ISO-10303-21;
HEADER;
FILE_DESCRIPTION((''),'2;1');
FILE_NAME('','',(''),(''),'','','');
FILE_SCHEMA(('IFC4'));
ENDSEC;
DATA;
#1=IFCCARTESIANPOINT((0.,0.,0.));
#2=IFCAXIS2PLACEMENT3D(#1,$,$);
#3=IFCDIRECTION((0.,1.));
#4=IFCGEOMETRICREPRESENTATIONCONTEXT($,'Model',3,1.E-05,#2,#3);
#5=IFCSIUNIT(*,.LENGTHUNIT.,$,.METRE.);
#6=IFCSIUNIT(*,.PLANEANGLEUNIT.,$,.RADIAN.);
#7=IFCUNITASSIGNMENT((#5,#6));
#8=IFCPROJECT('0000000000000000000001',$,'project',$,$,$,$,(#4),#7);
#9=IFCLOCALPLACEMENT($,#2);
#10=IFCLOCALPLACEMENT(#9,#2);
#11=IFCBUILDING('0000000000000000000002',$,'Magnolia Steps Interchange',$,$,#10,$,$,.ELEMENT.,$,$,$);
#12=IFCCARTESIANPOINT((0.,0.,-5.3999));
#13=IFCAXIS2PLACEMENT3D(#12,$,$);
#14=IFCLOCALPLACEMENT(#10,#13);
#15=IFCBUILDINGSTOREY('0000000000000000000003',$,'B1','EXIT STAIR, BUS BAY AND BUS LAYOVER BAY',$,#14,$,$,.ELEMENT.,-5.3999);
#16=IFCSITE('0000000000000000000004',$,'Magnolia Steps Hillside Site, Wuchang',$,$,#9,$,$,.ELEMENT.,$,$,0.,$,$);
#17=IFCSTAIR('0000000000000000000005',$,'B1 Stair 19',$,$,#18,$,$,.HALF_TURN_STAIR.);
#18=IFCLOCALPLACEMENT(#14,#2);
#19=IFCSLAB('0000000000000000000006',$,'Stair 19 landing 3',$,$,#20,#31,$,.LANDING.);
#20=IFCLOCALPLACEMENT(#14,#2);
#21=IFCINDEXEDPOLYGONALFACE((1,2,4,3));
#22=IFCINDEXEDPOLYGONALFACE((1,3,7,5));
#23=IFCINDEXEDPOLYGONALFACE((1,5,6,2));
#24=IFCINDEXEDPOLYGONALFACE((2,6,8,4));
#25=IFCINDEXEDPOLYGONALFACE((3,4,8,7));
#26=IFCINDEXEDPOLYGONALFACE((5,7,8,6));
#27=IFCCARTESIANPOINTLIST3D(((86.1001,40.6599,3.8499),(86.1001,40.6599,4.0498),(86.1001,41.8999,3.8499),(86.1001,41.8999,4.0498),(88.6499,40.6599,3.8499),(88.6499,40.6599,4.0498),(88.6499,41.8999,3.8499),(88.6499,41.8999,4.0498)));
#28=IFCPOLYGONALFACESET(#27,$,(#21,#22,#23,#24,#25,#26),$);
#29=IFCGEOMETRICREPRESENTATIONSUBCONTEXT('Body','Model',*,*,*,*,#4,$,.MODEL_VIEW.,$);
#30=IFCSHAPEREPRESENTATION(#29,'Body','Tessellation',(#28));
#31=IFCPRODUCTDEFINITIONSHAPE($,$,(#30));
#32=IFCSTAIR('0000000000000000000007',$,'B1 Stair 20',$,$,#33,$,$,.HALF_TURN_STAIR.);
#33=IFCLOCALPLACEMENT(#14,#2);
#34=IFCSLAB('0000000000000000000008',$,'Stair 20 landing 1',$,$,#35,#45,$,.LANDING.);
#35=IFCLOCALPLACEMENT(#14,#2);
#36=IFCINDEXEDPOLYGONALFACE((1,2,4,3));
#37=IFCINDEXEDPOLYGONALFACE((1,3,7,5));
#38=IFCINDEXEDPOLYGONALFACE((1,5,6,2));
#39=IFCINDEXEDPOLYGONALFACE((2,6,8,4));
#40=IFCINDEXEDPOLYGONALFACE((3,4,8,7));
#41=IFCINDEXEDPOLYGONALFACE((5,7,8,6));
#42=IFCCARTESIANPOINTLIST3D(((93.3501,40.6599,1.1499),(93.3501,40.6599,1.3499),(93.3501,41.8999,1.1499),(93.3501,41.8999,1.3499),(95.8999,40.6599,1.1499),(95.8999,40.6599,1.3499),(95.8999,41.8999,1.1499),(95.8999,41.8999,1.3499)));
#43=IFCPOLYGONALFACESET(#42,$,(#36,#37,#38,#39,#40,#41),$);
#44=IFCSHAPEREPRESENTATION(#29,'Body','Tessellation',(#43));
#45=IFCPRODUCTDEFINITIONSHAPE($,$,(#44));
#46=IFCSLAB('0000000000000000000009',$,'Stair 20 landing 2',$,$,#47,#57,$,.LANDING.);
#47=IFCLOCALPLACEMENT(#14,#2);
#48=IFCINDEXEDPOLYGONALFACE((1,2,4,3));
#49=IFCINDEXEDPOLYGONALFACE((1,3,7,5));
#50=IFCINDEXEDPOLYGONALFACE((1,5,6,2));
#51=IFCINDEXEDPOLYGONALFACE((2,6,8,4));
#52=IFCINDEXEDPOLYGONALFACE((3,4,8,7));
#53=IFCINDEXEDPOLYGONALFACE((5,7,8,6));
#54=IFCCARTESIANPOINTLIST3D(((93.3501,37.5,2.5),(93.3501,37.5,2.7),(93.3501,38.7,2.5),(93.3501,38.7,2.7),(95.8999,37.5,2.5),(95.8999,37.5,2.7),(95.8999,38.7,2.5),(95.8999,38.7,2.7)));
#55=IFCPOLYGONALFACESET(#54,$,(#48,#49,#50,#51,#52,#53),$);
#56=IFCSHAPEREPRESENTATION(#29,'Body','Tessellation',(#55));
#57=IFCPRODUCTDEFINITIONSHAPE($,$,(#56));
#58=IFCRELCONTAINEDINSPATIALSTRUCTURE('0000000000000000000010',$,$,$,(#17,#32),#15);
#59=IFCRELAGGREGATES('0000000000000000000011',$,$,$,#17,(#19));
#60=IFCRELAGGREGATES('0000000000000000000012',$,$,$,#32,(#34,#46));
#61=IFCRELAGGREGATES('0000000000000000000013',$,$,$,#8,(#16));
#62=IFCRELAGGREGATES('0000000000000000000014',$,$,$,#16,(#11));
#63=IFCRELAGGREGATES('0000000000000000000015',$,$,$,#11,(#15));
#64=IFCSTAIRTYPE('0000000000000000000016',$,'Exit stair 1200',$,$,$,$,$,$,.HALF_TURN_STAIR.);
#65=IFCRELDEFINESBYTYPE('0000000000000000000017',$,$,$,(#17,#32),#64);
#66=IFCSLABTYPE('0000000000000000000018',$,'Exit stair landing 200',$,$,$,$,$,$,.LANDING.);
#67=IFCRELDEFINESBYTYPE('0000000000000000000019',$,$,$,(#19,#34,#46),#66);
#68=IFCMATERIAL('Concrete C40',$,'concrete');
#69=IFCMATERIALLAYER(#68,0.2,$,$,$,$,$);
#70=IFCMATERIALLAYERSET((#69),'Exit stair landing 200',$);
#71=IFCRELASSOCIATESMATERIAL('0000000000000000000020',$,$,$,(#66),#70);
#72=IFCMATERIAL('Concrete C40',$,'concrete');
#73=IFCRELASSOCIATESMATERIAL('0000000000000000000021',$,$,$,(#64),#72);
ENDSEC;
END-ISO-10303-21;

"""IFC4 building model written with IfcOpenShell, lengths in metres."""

from ifc_helpers import new_model, si_unit, direction, frame, origin, place, context, subcontext, project, spatial, polyline, outline, extrude, material, layer, layer_set, type_object, element, aggregate, save


model = new_model("IFC4")

# Units and contexts
model_context = context("Model", 3, precision=1e-05, world=origin(), true_north=direction((0.0, 1.0)))
body_context = subcontext(model_context, "Body", "Model", "MODEL_VIEW")
ifc_project = project(units=[si_unit("LENGTHUNIT", "METRE"), si_unit("PLANEANGLEUNIT", "RADIAN")], contexts=[model_context])

# Site, building, storey
site_placement = place(None, origin())
site = spatial("IfcSite", under=ifc_project, at=site_placement, Name="Magnolia Steps Hillside Site, Wuchang", CompositionType="ELEMENT", RefElevation=0.0)
building_placement = place(site_placement, origin())
building = spatial("IfcBuilding", under=site, at=building_placement, Name="Magnolia Steps Interchange", CompositionType="ELEMENT")
storey_placement = place(building_placement, frame((0.0, 0.0, -5.3999)))
storey = spatial("IfcBuildingStorey", under=building, at=storey_placement, Name="B1", Description="EXIT STAIR, BUS BAY AND BUS LAYOVER BAY", CompositionType="ELEMENT", Elevation=-5.3999)

# Shared definitions
ifc_material_1 = material(Name="Concrete C40", Category="concrete")
ifc_layer_1 = layer(ifc_material_1, 0.2)
ifc_layer_set_1 = layer_set([ifc_layer_1], Name="Exit stair landing 200")
slab_type_1 = type_object("IfcSlabType", Name="Exit stair landing 200", PredefinedType="LANDING", material=ifc_layer_set_1)

# Stairs, slabs
ifc_material_2 = material(Name="Concrete C40", Category="concrete")
stair_type_1 = type_object("IfcStairType", Name="Exit stair 1200", PredefinedType="HALF_TURN_STAIR", material=ifc_material_2)
stair_1_placement = place(storey_placement, origin())
stair_1 = element("IfcStair", 1, at=stair_1_placement, inside=storey, type_object=stair_type_1, Name="B1 Stair 19", PredefinedType="HALF_TURN_STAIR")
slab_1_placement = place(storey_placement, frame((0.0, 0.0, 3.8499)))
slab_1 = element("IfcSlab", 2, at=slab_1_placement, type_object=slab_type_1, Name="Stair 19 landing 3", PredefinedType="LANDING", context=body_context, shape_type="SweptSolid", body=[
    extrude(outline(polyline([(88.6499, 40.6599), (88.6499, 41.8999), (86.1001, 41.8999), (86.1001, 40.6599), (88.6499, 40.6599)])), origin(), (0.0, 0.0, 1.0), 0.2),
])
aggregate(stair_1, [slab_1])
stair_2_placement = place(storey_placement, origin())
stair_2 = element("IfcStair", 3, at=stair_2_placement, inside=storey, type_object=stair_type_1, Name="B1 Stair 20", PredefinedType="HALF_TURN_STAIR")
slab_2_placement = place(storey_placement, frame((0.0, 0.0, 1.1499)))
slab_2 = element("IfcSlab", 4, at=slab_2_placement, type_object=slab_type_1, Name="Stair 20 landing 1", PredefinedType="LANDING", context=body_context, shape_type="SweptSolid", body=[
    extrude(outline(polyline([(95.8999, 40.6599), (95.8999, 41.8999), (93.3501, 41.8999), (93.3501, 40.6599), (95.8999, 40.6599)])), origin(), (0.0, 0.0, 1.0), 0.2),
])
slab_3_placement = place(storey_placement, frame((0.0, 0.0, 2.5)))
slab_3 = element("IfcSlab", 5, at=slab_3_placement, type_object=slab_type_1, Name="Stair 20 landing 2", PredefinedType="LANDING", context=body_context, shape_type="SweptSolid", body=[
    extrude(outline(polyline([(95.8999, 37.5), (95.8999, 38.7), (93.3501, 38.7), (93.3501, 37.5), (95.8999, 37.5)])), origin(), (0.0, 0.0, 1.0), 0.2),
])
aggregate(stair_2, [slab_2, slab_3])

save(model, "model.ifc")
